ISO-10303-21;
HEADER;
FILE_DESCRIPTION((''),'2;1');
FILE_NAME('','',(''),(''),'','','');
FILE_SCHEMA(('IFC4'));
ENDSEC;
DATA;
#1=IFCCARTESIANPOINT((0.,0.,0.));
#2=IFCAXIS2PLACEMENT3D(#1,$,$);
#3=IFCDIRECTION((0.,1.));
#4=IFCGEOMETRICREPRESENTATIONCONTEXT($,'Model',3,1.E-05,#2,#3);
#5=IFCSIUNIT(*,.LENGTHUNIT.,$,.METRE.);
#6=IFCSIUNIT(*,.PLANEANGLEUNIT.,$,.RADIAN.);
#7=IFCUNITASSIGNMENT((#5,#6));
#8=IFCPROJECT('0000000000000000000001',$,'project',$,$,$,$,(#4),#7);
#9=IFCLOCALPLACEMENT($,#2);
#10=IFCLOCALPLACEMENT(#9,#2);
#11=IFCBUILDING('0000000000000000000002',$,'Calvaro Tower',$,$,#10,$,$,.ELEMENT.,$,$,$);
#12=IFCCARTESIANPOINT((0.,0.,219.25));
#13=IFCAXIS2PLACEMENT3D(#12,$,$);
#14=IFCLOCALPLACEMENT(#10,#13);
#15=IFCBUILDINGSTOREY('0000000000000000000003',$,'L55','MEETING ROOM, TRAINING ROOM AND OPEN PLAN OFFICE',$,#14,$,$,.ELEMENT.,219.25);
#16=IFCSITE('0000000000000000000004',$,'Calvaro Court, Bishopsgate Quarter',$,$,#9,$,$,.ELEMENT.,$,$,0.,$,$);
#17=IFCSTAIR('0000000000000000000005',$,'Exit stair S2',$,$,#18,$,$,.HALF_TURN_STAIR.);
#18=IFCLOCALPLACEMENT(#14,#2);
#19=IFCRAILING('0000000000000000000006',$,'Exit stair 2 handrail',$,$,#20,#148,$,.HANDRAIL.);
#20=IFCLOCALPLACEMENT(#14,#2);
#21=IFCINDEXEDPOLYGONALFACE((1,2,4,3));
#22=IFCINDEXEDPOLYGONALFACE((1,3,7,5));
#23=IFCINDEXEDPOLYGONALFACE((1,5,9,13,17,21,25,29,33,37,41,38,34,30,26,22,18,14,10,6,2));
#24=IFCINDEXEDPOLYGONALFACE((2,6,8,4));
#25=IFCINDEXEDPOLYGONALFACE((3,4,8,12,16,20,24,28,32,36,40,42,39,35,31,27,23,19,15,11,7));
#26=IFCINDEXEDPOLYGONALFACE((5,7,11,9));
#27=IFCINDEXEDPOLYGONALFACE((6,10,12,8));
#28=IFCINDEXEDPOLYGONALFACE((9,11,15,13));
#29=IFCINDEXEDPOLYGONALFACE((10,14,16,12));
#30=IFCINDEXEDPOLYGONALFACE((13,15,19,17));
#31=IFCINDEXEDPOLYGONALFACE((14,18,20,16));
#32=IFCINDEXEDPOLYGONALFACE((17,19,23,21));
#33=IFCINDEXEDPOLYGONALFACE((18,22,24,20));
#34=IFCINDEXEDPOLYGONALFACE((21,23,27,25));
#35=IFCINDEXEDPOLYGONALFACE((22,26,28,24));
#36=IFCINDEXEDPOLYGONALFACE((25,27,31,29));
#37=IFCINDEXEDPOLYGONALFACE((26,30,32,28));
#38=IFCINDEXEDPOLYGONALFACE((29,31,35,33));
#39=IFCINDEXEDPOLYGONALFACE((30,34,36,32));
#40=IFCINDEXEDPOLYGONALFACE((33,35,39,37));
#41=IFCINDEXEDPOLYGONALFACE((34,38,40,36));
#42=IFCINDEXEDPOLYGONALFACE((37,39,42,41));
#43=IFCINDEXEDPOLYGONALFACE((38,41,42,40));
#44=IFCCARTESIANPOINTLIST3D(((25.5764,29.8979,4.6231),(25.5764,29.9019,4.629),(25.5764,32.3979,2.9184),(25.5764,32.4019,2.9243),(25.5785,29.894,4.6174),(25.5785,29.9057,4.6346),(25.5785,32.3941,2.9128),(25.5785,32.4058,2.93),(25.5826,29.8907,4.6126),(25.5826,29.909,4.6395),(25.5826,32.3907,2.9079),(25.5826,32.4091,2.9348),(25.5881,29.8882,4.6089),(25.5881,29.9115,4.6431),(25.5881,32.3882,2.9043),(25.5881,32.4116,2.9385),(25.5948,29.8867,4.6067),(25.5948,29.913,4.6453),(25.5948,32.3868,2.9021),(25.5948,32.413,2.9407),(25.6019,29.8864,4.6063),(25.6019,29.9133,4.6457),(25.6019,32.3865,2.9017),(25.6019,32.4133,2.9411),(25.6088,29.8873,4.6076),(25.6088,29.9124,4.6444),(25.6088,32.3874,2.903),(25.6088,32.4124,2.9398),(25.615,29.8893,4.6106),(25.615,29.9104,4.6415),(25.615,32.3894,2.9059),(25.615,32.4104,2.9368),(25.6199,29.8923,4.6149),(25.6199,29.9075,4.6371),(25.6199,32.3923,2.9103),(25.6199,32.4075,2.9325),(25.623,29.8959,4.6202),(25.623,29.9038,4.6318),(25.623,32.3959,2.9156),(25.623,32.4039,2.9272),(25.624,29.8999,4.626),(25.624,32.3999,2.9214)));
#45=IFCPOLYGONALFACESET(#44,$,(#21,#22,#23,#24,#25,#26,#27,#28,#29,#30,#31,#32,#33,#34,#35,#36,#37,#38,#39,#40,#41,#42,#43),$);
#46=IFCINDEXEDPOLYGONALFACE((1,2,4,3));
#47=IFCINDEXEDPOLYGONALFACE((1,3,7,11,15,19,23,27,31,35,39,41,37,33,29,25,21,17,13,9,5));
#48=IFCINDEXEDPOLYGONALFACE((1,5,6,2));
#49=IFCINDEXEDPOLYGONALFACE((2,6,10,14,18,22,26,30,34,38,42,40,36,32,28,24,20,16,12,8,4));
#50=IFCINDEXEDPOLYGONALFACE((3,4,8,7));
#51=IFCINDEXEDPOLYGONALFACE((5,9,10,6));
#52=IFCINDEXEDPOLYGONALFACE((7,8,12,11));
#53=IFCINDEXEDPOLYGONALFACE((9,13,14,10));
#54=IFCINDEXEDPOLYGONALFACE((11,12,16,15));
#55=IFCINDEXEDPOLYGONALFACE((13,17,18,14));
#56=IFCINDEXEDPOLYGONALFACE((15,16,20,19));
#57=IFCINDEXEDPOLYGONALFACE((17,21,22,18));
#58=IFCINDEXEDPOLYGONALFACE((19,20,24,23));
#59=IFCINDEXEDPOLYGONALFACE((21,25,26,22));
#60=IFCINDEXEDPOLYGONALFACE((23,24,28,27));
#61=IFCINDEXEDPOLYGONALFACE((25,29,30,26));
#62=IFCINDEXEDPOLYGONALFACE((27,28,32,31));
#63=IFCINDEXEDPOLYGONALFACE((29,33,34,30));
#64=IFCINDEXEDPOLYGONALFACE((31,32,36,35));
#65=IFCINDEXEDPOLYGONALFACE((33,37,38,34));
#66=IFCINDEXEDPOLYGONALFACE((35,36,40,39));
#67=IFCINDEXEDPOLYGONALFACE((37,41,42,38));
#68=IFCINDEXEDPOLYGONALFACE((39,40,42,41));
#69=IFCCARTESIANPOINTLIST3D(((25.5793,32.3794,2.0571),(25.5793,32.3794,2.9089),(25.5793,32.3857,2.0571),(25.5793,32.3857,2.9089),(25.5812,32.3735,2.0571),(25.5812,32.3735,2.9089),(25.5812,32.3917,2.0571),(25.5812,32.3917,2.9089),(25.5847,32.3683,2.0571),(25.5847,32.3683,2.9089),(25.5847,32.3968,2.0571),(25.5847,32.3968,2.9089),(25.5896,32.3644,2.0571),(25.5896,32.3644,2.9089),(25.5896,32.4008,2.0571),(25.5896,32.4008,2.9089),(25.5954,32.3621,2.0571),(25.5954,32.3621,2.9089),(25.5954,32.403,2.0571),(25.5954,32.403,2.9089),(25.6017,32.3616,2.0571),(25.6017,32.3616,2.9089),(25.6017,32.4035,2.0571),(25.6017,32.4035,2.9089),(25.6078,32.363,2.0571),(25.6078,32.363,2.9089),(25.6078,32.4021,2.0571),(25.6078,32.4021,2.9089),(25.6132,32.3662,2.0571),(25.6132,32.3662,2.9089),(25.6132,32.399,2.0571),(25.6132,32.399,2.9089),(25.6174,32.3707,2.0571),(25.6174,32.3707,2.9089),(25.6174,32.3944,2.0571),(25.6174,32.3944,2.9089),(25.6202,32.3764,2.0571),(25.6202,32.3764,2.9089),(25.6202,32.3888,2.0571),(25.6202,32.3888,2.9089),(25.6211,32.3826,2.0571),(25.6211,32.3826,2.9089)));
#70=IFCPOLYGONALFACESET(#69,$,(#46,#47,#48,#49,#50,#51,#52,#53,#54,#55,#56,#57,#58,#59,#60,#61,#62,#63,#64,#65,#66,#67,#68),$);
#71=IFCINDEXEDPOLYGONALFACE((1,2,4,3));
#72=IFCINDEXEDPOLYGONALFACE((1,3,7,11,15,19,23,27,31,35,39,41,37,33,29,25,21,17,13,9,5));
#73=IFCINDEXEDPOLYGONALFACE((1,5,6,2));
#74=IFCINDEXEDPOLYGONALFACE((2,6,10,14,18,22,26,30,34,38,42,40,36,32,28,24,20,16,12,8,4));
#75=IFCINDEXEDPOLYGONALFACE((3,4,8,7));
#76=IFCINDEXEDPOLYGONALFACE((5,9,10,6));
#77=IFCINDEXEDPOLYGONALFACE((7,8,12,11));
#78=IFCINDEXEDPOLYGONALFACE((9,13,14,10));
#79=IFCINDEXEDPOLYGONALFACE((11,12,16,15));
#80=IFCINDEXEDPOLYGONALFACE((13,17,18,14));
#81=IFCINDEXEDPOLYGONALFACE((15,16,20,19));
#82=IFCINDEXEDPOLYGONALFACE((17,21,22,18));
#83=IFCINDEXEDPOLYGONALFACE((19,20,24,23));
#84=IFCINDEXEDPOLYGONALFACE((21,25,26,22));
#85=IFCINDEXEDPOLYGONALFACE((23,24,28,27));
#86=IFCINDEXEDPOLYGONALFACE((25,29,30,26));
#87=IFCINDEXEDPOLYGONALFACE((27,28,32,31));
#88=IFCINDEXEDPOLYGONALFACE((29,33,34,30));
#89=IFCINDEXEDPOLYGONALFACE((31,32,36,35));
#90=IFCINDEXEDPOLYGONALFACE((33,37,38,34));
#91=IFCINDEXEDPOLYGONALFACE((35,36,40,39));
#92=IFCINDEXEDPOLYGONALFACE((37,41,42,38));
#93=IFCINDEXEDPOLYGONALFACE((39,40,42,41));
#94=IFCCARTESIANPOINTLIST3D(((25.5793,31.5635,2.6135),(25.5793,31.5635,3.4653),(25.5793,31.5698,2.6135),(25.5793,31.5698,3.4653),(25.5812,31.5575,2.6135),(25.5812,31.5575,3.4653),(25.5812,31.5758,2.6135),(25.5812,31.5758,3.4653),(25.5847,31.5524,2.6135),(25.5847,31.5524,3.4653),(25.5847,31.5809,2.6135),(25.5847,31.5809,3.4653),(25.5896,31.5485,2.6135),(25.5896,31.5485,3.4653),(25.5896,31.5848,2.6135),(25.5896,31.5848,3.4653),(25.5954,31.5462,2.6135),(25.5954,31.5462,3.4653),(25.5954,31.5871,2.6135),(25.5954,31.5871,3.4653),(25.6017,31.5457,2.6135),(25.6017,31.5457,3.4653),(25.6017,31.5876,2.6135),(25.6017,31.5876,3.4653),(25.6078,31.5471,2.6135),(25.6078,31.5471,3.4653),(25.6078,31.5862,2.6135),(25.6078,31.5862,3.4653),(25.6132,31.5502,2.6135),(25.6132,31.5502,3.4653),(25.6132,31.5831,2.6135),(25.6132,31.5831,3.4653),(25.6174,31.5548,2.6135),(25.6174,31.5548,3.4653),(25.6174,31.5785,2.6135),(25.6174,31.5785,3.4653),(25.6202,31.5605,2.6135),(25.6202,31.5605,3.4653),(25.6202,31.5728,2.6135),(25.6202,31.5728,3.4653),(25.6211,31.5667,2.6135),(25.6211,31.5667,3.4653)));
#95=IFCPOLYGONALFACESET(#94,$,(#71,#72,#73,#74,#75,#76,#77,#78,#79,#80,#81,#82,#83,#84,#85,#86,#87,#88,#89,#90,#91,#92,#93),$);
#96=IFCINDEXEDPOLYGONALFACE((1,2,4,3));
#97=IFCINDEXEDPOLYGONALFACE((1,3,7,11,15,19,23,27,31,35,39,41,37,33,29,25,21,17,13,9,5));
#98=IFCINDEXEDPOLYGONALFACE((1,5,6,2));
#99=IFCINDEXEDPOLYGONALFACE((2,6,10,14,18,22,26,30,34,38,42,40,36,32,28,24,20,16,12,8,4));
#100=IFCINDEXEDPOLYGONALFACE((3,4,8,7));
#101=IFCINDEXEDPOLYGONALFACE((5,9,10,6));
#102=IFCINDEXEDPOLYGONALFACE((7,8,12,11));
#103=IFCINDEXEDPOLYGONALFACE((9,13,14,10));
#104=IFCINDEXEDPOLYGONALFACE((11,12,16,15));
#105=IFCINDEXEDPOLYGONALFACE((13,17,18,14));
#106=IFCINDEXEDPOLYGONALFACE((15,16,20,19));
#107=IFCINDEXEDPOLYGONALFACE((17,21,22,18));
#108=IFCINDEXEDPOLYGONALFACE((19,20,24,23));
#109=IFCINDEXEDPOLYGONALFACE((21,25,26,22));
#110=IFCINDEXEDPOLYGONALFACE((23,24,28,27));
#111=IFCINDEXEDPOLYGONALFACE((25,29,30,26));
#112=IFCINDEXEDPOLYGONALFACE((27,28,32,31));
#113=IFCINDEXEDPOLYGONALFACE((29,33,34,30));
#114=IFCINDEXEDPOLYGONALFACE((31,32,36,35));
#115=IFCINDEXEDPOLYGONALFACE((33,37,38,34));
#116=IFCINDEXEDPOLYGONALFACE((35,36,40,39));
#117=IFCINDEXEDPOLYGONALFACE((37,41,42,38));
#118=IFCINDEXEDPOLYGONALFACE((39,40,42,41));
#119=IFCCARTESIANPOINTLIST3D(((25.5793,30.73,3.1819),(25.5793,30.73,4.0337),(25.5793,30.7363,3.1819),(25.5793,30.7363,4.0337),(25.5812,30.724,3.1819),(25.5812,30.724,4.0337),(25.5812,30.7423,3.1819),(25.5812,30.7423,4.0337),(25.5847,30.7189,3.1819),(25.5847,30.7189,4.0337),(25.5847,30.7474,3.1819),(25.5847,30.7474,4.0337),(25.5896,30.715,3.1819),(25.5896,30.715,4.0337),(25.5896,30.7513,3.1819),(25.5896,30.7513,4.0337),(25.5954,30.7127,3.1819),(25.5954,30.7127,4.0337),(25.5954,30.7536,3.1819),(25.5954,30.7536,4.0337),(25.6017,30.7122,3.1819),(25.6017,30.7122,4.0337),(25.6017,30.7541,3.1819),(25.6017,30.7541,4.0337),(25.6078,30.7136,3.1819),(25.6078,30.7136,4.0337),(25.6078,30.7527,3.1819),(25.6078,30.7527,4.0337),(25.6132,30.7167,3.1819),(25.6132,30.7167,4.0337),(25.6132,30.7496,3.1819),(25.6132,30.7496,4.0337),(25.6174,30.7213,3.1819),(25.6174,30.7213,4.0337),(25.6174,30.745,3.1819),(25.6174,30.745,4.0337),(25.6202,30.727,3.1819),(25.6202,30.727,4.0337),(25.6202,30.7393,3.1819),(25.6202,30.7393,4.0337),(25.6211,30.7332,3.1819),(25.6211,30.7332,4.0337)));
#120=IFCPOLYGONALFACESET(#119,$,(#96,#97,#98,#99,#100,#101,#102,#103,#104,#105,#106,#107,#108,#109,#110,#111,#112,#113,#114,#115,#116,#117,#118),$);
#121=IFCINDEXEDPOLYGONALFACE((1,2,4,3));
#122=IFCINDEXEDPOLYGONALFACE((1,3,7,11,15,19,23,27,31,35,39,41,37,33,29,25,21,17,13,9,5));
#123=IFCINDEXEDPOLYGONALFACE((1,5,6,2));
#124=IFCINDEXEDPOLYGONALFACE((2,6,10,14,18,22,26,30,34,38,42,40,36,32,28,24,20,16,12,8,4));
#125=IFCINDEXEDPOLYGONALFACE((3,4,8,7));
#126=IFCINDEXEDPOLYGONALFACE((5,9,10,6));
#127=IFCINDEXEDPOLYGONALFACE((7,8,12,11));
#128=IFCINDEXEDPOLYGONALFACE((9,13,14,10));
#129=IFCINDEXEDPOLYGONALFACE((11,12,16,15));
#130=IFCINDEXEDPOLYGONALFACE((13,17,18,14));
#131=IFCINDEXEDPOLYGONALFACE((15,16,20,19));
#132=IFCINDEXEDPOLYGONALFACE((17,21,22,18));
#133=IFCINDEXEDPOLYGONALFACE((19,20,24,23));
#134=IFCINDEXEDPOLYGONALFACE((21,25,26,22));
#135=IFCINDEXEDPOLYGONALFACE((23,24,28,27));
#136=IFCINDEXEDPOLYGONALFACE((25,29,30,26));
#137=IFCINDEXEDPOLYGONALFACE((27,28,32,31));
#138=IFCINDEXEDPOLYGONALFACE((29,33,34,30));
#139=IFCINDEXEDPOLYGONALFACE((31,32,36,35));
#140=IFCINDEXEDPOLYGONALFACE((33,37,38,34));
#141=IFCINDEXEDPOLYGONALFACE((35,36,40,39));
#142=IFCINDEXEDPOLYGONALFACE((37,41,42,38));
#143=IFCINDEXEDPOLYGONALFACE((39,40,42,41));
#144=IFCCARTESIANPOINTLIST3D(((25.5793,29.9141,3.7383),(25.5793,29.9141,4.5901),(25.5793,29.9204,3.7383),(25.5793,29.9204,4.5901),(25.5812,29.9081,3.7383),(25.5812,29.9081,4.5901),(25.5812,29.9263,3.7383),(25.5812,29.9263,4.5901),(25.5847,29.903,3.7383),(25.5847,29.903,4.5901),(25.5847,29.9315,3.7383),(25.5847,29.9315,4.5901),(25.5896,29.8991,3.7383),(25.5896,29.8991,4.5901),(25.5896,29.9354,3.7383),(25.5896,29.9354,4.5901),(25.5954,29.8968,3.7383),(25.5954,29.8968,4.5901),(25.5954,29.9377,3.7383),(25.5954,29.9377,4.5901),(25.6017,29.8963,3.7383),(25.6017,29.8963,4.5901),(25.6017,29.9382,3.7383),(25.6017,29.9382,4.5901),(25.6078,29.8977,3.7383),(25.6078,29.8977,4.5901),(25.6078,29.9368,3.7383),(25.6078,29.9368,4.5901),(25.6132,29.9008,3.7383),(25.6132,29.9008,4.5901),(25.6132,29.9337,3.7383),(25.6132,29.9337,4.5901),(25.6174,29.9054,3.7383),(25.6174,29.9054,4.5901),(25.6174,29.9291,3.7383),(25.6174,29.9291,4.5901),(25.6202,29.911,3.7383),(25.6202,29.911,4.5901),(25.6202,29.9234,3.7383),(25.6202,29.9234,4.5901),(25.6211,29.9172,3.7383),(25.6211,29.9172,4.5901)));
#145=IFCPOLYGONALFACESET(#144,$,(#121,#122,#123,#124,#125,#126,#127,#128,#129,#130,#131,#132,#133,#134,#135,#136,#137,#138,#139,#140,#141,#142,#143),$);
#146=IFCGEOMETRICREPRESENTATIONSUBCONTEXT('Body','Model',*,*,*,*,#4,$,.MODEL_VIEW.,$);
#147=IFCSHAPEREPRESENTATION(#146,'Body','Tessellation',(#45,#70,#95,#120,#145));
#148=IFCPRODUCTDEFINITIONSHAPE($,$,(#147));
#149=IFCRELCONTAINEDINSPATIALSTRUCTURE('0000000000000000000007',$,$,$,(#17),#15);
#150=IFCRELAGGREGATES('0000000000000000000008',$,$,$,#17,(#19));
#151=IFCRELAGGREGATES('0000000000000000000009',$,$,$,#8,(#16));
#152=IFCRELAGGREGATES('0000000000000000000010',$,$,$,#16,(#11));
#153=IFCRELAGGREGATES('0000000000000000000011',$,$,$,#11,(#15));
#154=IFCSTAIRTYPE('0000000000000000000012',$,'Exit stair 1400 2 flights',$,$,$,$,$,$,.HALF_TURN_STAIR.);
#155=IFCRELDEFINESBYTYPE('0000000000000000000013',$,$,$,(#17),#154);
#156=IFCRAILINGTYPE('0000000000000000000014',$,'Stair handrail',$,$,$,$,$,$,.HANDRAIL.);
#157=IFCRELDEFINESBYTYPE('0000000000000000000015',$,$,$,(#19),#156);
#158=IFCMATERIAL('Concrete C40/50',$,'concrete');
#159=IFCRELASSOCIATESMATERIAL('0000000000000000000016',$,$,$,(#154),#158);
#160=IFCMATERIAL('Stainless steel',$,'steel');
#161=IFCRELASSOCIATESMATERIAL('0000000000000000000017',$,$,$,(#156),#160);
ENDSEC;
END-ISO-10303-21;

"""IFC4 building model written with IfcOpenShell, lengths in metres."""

from ifc_helpers import new_model, si_unit, direction, frame, origin, origin_2d, place, context, subcontext, project, spatial, circle, extrude, material, type_object, element, aggregate, save


model = new_model("IFC4")

# Units and contexts
model_context = context("Model", 3, precision=1e-05, world=origin(), true_north=direction((0.0, 1.0)))
body_context = subcontext(model_context, "Body", "Model", "MODEL_VIEW")
ifc_project = project(units=[si_unit("LENGTHUNIT", "METRE"), si_unit("PLANEANGLEUNIT", "RADIAN")], contexts=[model_context])

# Site, building, storey
site_placement = place(None, origin())
site = spatial("IfcSite", under=ifc_project, at=site_placement, Name="Calvaro Court, Bishopsgate Quarter", CompositionType="ELEMENT", RefElevation=0.0)
building_placement = place(site_placement, origin())
building = spatial("IfcBuilding", under=site, at=building_placement, Name="Calvaro Tower", CompositionType="ELEMENT")
storey_placement = place(building_placement, frame((0.0, 0.0, 219.25)))
storey = spatial("IfcBuildingStorey", under=building, at=storey_placement, Name="L55", Description="MEETING ROOM, TRAINING ROOM AND OPEN PLAN OFFICE", CompositionType="ELEMENT", Elevation=219.25)

# Stair, railing
ifc_material_1 = material(Name="Concrete C40/50", Category="concrete")
stair_type = type_object("IfcStairType", Name="Exit stair 1400 2 flights", PredefinedType="HALF_TURN_STAIR", material=ifc_material_1)
stair_placement = place(storey_placement, origin())
stair = element("IfcStair", 1, at=stair_placement, inside=storey, type_object=stair_type, Name="Exit stair S2", PredefinedType="HALF_TURN_STAIR")
ifc_material_2 = material(Name="Stainless steel", Category="steel")
railing_type = type_object("IfcRailingType", Name="Stair handrail", PredefinedType="HANDRAIL", material=ifc_material_2)
railing_1_placement = place(storey_placement, frame((25.6001, 32.3999, 2.0454)))
railing_1 = element("IfcRailing", 2, at=railing_1_placement, type_object=railing_type, Name="Exit stair 2 handrail", PredefinedType="HANDRAIL", context=body_context, shape_type="SweptSolid", body=[
    extrude(circle(Radius=0.0239, at=origin_2d()), frame((0.0, 0.0, 0.876), z_axis=(0.0, -0.826221, 0.563347), x_axis=(1.0, 0.0, 0.0)), (0.0, 0.0, 1.0), 3.0259),
    extrude(circle(Radius=0.021, at=origin_2d()), frame((0.0, -0.0173, 0.0117)), (0.0, 0.0, 1.0), 0.8518),
    extrude(circle(Radius=0.021, at=origin_2d()), frame((0.0, -0.8333, 0.5681)), (0.0, 0.0, 1.0), 0.8518),
    extrude(circle(Radius=0.021, at=origin_2d()), frame((0.0, -1.6667, 1.1365)), (0.0, 0.0, 1.0), 0.8518),
    extrude(circle(Radius=0.021, at=origin_2d()), frame((0.0, -2.4827, 1.6929)), (0.0, 0.0, 1.0), 0.8518),
])
aggregate(stair, [railing_1])

save(model, "model.ifc")
